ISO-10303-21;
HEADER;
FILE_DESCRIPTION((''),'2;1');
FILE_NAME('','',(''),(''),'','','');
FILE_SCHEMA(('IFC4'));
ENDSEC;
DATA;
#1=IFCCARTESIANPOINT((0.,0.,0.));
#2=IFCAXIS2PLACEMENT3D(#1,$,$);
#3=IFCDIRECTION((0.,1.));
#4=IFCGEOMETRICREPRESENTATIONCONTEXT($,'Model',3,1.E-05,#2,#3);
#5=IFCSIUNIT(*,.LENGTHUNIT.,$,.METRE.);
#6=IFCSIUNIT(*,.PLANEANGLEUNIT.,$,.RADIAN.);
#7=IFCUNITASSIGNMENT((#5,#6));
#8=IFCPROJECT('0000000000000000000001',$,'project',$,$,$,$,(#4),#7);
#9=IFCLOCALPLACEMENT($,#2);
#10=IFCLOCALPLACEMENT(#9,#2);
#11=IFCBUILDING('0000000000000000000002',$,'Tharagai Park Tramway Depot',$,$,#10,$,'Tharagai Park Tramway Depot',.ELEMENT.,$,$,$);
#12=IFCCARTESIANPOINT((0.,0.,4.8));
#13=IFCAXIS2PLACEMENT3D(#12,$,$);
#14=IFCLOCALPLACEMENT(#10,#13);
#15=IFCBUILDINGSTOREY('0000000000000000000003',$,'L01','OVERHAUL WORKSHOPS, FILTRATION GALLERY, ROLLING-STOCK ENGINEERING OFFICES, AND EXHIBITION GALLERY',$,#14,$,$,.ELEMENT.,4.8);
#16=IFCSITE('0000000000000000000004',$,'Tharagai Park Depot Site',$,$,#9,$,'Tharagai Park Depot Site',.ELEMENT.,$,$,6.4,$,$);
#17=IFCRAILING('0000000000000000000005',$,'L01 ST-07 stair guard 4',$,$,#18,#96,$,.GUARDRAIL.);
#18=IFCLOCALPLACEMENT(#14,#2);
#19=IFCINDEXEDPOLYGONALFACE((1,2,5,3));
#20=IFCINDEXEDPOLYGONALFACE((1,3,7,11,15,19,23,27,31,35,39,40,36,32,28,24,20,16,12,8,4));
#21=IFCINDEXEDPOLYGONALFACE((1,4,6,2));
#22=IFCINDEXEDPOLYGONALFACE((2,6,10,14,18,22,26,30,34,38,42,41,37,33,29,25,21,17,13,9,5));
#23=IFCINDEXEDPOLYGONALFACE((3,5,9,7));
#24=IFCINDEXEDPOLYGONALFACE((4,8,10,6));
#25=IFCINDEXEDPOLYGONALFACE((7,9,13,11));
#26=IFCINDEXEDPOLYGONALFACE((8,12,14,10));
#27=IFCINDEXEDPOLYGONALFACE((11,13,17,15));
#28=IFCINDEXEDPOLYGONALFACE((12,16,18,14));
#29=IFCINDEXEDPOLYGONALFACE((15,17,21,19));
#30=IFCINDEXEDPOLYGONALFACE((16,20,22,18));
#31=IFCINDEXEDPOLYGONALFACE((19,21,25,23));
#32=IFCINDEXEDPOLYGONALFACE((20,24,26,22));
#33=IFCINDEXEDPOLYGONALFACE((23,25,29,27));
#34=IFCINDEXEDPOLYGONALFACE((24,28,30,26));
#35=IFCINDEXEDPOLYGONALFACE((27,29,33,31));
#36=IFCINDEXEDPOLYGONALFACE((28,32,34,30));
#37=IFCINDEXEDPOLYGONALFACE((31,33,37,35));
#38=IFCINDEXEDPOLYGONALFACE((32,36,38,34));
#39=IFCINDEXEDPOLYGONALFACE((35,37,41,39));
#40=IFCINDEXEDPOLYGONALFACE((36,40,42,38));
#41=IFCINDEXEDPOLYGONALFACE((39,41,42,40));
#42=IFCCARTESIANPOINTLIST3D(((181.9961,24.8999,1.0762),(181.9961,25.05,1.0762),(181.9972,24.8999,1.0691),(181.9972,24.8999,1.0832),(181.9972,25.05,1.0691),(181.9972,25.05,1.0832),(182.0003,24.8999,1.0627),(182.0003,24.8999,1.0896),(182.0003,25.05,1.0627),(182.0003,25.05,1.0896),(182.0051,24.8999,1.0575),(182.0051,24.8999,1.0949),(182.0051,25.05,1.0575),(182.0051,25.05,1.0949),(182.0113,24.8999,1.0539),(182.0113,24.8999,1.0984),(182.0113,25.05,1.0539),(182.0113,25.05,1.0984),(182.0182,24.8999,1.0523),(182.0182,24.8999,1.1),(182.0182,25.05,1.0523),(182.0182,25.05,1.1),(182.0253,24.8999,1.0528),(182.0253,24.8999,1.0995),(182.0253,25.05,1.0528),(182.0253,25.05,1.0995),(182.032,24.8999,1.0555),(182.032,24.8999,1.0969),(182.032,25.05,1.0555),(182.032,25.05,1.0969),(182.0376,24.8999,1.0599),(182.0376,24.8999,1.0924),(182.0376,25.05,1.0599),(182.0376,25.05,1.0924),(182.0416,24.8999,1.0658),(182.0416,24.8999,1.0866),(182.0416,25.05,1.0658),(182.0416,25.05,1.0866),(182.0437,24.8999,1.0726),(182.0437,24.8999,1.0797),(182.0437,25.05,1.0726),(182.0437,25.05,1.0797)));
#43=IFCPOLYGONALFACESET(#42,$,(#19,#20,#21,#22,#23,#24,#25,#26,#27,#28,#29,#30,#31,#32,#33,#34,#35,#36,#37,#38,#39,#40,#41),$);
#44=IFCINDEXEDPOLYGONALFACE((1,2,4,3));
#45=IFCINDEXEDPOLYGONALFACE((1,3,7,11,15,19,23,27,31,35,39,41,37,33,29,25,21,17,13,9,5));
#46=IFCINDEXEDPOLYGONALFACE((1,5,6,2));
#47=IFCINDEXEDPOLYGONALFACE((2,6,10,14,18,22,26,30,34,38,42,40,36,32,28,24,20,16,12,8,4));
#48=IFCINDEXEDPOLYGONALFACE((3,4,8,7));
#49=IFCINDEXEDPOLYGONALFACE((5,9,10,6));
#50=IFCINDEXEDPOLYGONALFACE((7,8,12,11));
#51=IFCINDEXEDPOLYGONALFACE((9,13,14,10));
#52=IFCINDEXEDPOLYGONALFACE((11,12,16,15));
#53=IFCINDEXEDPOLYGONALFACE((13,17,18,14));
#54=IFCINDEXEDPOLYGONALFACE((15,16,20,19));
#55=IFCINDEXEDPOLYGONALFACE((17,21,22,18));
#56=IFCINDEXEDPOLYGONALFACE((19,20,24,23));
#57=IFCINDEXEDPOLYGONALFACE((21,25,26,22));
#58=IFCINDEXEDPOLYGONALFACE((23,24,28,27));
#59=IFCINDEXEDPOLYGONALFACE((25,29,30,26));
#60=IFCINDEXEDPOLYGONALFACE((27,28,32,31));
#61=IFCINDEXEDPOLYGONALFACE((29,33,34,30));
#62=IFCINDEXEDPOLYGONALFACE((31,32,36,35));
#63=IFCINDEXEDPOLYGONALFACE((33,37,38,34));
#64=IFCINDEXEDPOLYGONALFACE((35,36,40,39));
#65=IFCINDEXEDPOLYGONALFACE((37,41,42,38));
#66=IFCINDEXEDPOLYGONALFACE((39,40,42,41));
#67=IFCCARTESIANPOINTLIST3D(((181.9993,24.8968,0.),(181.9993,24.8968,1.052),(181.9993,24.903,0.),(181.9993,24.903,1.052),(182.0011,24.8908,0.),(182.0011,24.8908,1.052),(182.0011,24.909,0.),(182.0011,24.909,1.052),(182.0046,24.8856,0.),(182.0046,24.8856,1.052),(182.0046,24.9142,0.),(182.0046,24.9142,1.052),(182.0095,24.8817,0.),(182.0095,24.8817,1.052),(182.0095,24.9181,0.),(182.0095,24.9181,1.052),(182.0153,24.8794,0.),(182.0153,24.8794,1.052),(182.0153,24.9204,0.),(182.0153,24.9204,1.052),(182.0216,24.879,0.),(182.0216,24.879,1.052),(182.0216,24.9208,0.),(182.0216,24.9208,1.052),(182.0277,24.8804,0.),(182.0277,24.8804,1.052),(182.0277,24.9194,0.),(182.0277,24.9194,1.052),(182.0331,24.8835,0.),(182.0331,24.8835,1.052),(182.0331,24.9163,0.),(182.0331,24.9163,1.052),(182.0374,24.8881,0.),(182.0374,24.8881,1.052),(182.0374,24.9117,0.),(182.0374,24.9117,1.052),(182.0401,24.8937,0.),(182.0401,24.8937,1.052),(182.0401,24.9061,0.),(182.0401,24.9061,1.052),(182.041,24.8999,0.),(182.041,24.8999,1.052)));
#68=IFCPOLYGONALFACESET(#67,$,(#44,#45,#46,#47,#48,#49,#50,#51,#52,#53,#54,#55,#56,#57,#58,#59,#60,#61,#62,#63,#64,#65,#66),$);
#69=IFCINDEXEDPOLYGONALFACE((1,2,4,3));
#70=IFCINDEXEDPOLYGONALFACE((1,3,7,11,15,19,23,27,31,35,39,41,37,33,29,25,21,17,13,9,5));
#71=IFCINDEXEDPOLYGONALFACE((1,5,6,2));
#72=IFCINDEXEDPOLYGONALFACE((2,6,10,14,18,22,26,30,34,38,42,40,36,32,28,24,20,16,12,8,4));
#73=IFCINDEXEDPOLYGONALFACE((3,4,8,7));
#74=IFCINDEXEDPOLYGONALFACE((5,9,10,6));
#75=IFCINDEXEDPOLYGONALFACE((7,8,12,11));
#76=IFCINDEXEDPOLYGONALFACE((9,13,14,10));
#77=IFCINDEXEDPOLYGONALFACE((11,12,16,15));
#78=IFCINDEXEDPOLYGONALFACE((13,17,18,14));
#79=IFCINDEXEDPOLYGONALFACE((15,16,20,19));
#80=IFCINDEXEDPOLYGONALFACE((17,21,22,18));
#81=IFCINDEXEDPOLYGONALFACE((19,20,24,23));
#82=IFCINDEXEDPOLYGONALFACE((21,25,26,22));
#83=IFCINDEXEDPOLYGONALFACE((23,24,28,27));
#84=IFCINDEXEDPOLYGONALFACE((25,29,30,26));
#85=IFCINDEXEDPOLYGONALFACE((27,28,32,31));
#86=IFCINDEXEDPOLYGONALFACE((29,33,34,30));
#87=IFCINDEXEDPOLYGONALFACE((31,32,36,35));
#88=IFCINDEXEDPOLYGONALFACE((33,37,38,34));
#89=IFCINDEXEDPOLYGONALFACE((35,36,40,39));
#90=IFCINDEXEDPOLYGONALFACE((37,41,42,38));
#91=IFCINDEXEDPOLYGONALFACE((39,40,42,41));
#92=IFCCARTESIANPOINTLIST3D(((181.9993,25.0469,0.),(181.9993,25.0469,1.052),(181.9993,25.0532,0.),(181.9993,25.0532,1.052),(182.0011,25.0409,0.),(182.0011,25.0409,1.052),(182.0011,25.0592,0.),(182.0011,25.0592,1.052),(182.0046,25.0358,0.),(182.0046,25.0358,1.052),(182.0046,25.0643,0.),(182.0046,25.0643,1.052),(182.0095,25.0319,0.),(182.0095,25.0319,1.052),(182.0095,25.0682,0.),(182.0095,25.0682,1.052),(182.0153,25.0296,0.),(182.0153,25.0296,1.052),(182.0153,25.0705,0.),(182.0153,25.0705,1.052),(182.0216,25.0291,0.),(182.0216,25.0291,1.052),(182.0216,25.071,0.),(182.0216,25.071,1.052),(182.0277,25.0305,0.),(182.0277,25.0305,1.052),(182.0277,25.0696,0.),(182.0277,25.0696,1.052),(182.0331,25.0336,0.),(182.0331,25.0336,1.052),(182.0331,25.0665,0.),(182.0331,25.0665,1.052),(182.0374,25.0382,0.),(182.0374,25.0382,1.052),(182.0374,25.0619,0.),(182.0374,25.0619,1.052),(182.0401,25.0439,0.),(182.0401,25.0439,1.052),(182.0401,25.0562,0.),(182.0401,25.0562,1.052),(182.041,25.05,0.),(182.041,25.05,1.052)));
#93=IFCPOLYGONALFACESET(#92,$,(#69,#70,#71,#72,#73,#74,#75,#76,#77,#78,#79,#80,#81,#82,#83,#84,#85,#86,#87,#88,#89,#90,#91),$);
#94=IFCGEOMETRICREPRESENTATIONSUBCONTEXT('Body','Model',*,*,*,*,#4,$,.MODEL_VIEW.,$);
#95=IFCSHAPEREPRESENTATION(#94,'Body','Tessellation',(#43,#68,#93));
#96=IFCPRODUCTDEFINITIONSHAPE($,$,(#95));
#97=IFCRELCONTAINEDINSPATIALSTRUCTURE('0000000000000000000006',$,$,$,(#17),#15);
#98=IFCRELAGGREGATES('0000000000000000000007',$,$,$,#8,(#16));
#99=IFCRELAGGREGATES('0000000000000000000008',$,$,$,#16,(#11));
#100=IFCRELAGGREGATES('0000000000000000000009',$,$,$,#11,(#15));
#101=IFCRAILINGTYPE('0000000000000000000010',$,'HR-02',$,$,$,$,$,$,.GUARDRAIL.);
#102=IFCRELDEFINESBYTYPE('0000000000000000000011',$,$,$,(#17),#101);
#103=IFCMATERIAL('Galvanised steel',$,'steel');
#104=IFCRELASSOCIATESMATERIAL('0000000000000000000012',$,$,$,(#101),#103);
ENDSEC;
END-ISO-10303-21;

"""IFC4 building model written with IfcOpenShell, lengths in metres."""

from ifc_helpers import new_model, si_unit, direction, frame, origin, origin_2d, place, context, subcontext, project, spatial, circle, extrude, material, type_object, element, save


model = new_model("IFC4")

# Units and contexts
model_context = context("Model", 3, precision=1e-05, world=origin(), true_north=direction((0.0, 1.0)))
body_context = subcontext(model_context, "Body", "Model", "MODEL_VIEW")
ifc_project = project(units=[si_unit("LENGTHUNIT", "METRE"), si_unit("PLANEANGLEUNIT", "RADIAN")], contexts=[model_context])

# Site, building, storey
site_placement = place(None, origin())
site = spatial("IfcSite", under=ifc_project, at=site_placement, Name="Tharagai Park Depot Site", LongName="Tharagai Park Depot Site", CompositionType="ELEMENT", RefElevation=6.4)
building_placement = place(site_placement, origin())
building = spatial("IfcBuilding", under=site, at=building_placement, Name="Tharagai Park Tramway Depot", LongName="Tharagai Park Tramway Depot", CompositionType="ELEMENT")
storey_placement = place(building_placement, frame((0.0, 0.0, 4.8)))
storey = spatial("IfcBuildingStorey", under=building, at=storey_placement, Name="L01", Description="OVERHAUL WORKSHOPS, FILTRATION GALLERY, ROLLING-STOCK ENGINEERING OFFICES, AND EXHIBITION GALLERY", CompositionType="ELEMENT", Elevation=4.8)

# Shared definitions
ifc_material_1 = material(Name="Galvanised steel", Category="steel")

# Railing
railing_type_1 = type_object("IfcRailingType", Name="HR-02", PredefinedType="GUARDRAIL", material=ifc_material_1)
railing_1_placement = place(storey_placement, frame((182.02, 24.8999, 0.0)))
element("IfcRailing", 1, at=railing_1_placement, inside=storey, type_object=railing_type_1, Name="L01 ST-07 stair guard 4", PredefinedType="GUARDRAIL", context=body_context, shape_type="SweptSolid", body=[
    extrude(circle(Radius=0.0239, at=origin_2d()), frame((0.0, 0.0, 1.0762), z_axis=(0.0, 1.0, 0.0), x_axis=(-1.0, 0.0, 0.0)), (0.0, 0.0, 1.0), 0.1501),
    extrude(circle(Radius=0.021, at=origin_2d()), origin(), (0.0, 0.0, 1.0), 1.052),
    extrude(circle(Radius=0.021, at=origin_2d()), frame((0.0, 0.1501, 0.0)), (0.0, 0.0, 1.0), 1.052),
])

save(model, "model.ifc")
